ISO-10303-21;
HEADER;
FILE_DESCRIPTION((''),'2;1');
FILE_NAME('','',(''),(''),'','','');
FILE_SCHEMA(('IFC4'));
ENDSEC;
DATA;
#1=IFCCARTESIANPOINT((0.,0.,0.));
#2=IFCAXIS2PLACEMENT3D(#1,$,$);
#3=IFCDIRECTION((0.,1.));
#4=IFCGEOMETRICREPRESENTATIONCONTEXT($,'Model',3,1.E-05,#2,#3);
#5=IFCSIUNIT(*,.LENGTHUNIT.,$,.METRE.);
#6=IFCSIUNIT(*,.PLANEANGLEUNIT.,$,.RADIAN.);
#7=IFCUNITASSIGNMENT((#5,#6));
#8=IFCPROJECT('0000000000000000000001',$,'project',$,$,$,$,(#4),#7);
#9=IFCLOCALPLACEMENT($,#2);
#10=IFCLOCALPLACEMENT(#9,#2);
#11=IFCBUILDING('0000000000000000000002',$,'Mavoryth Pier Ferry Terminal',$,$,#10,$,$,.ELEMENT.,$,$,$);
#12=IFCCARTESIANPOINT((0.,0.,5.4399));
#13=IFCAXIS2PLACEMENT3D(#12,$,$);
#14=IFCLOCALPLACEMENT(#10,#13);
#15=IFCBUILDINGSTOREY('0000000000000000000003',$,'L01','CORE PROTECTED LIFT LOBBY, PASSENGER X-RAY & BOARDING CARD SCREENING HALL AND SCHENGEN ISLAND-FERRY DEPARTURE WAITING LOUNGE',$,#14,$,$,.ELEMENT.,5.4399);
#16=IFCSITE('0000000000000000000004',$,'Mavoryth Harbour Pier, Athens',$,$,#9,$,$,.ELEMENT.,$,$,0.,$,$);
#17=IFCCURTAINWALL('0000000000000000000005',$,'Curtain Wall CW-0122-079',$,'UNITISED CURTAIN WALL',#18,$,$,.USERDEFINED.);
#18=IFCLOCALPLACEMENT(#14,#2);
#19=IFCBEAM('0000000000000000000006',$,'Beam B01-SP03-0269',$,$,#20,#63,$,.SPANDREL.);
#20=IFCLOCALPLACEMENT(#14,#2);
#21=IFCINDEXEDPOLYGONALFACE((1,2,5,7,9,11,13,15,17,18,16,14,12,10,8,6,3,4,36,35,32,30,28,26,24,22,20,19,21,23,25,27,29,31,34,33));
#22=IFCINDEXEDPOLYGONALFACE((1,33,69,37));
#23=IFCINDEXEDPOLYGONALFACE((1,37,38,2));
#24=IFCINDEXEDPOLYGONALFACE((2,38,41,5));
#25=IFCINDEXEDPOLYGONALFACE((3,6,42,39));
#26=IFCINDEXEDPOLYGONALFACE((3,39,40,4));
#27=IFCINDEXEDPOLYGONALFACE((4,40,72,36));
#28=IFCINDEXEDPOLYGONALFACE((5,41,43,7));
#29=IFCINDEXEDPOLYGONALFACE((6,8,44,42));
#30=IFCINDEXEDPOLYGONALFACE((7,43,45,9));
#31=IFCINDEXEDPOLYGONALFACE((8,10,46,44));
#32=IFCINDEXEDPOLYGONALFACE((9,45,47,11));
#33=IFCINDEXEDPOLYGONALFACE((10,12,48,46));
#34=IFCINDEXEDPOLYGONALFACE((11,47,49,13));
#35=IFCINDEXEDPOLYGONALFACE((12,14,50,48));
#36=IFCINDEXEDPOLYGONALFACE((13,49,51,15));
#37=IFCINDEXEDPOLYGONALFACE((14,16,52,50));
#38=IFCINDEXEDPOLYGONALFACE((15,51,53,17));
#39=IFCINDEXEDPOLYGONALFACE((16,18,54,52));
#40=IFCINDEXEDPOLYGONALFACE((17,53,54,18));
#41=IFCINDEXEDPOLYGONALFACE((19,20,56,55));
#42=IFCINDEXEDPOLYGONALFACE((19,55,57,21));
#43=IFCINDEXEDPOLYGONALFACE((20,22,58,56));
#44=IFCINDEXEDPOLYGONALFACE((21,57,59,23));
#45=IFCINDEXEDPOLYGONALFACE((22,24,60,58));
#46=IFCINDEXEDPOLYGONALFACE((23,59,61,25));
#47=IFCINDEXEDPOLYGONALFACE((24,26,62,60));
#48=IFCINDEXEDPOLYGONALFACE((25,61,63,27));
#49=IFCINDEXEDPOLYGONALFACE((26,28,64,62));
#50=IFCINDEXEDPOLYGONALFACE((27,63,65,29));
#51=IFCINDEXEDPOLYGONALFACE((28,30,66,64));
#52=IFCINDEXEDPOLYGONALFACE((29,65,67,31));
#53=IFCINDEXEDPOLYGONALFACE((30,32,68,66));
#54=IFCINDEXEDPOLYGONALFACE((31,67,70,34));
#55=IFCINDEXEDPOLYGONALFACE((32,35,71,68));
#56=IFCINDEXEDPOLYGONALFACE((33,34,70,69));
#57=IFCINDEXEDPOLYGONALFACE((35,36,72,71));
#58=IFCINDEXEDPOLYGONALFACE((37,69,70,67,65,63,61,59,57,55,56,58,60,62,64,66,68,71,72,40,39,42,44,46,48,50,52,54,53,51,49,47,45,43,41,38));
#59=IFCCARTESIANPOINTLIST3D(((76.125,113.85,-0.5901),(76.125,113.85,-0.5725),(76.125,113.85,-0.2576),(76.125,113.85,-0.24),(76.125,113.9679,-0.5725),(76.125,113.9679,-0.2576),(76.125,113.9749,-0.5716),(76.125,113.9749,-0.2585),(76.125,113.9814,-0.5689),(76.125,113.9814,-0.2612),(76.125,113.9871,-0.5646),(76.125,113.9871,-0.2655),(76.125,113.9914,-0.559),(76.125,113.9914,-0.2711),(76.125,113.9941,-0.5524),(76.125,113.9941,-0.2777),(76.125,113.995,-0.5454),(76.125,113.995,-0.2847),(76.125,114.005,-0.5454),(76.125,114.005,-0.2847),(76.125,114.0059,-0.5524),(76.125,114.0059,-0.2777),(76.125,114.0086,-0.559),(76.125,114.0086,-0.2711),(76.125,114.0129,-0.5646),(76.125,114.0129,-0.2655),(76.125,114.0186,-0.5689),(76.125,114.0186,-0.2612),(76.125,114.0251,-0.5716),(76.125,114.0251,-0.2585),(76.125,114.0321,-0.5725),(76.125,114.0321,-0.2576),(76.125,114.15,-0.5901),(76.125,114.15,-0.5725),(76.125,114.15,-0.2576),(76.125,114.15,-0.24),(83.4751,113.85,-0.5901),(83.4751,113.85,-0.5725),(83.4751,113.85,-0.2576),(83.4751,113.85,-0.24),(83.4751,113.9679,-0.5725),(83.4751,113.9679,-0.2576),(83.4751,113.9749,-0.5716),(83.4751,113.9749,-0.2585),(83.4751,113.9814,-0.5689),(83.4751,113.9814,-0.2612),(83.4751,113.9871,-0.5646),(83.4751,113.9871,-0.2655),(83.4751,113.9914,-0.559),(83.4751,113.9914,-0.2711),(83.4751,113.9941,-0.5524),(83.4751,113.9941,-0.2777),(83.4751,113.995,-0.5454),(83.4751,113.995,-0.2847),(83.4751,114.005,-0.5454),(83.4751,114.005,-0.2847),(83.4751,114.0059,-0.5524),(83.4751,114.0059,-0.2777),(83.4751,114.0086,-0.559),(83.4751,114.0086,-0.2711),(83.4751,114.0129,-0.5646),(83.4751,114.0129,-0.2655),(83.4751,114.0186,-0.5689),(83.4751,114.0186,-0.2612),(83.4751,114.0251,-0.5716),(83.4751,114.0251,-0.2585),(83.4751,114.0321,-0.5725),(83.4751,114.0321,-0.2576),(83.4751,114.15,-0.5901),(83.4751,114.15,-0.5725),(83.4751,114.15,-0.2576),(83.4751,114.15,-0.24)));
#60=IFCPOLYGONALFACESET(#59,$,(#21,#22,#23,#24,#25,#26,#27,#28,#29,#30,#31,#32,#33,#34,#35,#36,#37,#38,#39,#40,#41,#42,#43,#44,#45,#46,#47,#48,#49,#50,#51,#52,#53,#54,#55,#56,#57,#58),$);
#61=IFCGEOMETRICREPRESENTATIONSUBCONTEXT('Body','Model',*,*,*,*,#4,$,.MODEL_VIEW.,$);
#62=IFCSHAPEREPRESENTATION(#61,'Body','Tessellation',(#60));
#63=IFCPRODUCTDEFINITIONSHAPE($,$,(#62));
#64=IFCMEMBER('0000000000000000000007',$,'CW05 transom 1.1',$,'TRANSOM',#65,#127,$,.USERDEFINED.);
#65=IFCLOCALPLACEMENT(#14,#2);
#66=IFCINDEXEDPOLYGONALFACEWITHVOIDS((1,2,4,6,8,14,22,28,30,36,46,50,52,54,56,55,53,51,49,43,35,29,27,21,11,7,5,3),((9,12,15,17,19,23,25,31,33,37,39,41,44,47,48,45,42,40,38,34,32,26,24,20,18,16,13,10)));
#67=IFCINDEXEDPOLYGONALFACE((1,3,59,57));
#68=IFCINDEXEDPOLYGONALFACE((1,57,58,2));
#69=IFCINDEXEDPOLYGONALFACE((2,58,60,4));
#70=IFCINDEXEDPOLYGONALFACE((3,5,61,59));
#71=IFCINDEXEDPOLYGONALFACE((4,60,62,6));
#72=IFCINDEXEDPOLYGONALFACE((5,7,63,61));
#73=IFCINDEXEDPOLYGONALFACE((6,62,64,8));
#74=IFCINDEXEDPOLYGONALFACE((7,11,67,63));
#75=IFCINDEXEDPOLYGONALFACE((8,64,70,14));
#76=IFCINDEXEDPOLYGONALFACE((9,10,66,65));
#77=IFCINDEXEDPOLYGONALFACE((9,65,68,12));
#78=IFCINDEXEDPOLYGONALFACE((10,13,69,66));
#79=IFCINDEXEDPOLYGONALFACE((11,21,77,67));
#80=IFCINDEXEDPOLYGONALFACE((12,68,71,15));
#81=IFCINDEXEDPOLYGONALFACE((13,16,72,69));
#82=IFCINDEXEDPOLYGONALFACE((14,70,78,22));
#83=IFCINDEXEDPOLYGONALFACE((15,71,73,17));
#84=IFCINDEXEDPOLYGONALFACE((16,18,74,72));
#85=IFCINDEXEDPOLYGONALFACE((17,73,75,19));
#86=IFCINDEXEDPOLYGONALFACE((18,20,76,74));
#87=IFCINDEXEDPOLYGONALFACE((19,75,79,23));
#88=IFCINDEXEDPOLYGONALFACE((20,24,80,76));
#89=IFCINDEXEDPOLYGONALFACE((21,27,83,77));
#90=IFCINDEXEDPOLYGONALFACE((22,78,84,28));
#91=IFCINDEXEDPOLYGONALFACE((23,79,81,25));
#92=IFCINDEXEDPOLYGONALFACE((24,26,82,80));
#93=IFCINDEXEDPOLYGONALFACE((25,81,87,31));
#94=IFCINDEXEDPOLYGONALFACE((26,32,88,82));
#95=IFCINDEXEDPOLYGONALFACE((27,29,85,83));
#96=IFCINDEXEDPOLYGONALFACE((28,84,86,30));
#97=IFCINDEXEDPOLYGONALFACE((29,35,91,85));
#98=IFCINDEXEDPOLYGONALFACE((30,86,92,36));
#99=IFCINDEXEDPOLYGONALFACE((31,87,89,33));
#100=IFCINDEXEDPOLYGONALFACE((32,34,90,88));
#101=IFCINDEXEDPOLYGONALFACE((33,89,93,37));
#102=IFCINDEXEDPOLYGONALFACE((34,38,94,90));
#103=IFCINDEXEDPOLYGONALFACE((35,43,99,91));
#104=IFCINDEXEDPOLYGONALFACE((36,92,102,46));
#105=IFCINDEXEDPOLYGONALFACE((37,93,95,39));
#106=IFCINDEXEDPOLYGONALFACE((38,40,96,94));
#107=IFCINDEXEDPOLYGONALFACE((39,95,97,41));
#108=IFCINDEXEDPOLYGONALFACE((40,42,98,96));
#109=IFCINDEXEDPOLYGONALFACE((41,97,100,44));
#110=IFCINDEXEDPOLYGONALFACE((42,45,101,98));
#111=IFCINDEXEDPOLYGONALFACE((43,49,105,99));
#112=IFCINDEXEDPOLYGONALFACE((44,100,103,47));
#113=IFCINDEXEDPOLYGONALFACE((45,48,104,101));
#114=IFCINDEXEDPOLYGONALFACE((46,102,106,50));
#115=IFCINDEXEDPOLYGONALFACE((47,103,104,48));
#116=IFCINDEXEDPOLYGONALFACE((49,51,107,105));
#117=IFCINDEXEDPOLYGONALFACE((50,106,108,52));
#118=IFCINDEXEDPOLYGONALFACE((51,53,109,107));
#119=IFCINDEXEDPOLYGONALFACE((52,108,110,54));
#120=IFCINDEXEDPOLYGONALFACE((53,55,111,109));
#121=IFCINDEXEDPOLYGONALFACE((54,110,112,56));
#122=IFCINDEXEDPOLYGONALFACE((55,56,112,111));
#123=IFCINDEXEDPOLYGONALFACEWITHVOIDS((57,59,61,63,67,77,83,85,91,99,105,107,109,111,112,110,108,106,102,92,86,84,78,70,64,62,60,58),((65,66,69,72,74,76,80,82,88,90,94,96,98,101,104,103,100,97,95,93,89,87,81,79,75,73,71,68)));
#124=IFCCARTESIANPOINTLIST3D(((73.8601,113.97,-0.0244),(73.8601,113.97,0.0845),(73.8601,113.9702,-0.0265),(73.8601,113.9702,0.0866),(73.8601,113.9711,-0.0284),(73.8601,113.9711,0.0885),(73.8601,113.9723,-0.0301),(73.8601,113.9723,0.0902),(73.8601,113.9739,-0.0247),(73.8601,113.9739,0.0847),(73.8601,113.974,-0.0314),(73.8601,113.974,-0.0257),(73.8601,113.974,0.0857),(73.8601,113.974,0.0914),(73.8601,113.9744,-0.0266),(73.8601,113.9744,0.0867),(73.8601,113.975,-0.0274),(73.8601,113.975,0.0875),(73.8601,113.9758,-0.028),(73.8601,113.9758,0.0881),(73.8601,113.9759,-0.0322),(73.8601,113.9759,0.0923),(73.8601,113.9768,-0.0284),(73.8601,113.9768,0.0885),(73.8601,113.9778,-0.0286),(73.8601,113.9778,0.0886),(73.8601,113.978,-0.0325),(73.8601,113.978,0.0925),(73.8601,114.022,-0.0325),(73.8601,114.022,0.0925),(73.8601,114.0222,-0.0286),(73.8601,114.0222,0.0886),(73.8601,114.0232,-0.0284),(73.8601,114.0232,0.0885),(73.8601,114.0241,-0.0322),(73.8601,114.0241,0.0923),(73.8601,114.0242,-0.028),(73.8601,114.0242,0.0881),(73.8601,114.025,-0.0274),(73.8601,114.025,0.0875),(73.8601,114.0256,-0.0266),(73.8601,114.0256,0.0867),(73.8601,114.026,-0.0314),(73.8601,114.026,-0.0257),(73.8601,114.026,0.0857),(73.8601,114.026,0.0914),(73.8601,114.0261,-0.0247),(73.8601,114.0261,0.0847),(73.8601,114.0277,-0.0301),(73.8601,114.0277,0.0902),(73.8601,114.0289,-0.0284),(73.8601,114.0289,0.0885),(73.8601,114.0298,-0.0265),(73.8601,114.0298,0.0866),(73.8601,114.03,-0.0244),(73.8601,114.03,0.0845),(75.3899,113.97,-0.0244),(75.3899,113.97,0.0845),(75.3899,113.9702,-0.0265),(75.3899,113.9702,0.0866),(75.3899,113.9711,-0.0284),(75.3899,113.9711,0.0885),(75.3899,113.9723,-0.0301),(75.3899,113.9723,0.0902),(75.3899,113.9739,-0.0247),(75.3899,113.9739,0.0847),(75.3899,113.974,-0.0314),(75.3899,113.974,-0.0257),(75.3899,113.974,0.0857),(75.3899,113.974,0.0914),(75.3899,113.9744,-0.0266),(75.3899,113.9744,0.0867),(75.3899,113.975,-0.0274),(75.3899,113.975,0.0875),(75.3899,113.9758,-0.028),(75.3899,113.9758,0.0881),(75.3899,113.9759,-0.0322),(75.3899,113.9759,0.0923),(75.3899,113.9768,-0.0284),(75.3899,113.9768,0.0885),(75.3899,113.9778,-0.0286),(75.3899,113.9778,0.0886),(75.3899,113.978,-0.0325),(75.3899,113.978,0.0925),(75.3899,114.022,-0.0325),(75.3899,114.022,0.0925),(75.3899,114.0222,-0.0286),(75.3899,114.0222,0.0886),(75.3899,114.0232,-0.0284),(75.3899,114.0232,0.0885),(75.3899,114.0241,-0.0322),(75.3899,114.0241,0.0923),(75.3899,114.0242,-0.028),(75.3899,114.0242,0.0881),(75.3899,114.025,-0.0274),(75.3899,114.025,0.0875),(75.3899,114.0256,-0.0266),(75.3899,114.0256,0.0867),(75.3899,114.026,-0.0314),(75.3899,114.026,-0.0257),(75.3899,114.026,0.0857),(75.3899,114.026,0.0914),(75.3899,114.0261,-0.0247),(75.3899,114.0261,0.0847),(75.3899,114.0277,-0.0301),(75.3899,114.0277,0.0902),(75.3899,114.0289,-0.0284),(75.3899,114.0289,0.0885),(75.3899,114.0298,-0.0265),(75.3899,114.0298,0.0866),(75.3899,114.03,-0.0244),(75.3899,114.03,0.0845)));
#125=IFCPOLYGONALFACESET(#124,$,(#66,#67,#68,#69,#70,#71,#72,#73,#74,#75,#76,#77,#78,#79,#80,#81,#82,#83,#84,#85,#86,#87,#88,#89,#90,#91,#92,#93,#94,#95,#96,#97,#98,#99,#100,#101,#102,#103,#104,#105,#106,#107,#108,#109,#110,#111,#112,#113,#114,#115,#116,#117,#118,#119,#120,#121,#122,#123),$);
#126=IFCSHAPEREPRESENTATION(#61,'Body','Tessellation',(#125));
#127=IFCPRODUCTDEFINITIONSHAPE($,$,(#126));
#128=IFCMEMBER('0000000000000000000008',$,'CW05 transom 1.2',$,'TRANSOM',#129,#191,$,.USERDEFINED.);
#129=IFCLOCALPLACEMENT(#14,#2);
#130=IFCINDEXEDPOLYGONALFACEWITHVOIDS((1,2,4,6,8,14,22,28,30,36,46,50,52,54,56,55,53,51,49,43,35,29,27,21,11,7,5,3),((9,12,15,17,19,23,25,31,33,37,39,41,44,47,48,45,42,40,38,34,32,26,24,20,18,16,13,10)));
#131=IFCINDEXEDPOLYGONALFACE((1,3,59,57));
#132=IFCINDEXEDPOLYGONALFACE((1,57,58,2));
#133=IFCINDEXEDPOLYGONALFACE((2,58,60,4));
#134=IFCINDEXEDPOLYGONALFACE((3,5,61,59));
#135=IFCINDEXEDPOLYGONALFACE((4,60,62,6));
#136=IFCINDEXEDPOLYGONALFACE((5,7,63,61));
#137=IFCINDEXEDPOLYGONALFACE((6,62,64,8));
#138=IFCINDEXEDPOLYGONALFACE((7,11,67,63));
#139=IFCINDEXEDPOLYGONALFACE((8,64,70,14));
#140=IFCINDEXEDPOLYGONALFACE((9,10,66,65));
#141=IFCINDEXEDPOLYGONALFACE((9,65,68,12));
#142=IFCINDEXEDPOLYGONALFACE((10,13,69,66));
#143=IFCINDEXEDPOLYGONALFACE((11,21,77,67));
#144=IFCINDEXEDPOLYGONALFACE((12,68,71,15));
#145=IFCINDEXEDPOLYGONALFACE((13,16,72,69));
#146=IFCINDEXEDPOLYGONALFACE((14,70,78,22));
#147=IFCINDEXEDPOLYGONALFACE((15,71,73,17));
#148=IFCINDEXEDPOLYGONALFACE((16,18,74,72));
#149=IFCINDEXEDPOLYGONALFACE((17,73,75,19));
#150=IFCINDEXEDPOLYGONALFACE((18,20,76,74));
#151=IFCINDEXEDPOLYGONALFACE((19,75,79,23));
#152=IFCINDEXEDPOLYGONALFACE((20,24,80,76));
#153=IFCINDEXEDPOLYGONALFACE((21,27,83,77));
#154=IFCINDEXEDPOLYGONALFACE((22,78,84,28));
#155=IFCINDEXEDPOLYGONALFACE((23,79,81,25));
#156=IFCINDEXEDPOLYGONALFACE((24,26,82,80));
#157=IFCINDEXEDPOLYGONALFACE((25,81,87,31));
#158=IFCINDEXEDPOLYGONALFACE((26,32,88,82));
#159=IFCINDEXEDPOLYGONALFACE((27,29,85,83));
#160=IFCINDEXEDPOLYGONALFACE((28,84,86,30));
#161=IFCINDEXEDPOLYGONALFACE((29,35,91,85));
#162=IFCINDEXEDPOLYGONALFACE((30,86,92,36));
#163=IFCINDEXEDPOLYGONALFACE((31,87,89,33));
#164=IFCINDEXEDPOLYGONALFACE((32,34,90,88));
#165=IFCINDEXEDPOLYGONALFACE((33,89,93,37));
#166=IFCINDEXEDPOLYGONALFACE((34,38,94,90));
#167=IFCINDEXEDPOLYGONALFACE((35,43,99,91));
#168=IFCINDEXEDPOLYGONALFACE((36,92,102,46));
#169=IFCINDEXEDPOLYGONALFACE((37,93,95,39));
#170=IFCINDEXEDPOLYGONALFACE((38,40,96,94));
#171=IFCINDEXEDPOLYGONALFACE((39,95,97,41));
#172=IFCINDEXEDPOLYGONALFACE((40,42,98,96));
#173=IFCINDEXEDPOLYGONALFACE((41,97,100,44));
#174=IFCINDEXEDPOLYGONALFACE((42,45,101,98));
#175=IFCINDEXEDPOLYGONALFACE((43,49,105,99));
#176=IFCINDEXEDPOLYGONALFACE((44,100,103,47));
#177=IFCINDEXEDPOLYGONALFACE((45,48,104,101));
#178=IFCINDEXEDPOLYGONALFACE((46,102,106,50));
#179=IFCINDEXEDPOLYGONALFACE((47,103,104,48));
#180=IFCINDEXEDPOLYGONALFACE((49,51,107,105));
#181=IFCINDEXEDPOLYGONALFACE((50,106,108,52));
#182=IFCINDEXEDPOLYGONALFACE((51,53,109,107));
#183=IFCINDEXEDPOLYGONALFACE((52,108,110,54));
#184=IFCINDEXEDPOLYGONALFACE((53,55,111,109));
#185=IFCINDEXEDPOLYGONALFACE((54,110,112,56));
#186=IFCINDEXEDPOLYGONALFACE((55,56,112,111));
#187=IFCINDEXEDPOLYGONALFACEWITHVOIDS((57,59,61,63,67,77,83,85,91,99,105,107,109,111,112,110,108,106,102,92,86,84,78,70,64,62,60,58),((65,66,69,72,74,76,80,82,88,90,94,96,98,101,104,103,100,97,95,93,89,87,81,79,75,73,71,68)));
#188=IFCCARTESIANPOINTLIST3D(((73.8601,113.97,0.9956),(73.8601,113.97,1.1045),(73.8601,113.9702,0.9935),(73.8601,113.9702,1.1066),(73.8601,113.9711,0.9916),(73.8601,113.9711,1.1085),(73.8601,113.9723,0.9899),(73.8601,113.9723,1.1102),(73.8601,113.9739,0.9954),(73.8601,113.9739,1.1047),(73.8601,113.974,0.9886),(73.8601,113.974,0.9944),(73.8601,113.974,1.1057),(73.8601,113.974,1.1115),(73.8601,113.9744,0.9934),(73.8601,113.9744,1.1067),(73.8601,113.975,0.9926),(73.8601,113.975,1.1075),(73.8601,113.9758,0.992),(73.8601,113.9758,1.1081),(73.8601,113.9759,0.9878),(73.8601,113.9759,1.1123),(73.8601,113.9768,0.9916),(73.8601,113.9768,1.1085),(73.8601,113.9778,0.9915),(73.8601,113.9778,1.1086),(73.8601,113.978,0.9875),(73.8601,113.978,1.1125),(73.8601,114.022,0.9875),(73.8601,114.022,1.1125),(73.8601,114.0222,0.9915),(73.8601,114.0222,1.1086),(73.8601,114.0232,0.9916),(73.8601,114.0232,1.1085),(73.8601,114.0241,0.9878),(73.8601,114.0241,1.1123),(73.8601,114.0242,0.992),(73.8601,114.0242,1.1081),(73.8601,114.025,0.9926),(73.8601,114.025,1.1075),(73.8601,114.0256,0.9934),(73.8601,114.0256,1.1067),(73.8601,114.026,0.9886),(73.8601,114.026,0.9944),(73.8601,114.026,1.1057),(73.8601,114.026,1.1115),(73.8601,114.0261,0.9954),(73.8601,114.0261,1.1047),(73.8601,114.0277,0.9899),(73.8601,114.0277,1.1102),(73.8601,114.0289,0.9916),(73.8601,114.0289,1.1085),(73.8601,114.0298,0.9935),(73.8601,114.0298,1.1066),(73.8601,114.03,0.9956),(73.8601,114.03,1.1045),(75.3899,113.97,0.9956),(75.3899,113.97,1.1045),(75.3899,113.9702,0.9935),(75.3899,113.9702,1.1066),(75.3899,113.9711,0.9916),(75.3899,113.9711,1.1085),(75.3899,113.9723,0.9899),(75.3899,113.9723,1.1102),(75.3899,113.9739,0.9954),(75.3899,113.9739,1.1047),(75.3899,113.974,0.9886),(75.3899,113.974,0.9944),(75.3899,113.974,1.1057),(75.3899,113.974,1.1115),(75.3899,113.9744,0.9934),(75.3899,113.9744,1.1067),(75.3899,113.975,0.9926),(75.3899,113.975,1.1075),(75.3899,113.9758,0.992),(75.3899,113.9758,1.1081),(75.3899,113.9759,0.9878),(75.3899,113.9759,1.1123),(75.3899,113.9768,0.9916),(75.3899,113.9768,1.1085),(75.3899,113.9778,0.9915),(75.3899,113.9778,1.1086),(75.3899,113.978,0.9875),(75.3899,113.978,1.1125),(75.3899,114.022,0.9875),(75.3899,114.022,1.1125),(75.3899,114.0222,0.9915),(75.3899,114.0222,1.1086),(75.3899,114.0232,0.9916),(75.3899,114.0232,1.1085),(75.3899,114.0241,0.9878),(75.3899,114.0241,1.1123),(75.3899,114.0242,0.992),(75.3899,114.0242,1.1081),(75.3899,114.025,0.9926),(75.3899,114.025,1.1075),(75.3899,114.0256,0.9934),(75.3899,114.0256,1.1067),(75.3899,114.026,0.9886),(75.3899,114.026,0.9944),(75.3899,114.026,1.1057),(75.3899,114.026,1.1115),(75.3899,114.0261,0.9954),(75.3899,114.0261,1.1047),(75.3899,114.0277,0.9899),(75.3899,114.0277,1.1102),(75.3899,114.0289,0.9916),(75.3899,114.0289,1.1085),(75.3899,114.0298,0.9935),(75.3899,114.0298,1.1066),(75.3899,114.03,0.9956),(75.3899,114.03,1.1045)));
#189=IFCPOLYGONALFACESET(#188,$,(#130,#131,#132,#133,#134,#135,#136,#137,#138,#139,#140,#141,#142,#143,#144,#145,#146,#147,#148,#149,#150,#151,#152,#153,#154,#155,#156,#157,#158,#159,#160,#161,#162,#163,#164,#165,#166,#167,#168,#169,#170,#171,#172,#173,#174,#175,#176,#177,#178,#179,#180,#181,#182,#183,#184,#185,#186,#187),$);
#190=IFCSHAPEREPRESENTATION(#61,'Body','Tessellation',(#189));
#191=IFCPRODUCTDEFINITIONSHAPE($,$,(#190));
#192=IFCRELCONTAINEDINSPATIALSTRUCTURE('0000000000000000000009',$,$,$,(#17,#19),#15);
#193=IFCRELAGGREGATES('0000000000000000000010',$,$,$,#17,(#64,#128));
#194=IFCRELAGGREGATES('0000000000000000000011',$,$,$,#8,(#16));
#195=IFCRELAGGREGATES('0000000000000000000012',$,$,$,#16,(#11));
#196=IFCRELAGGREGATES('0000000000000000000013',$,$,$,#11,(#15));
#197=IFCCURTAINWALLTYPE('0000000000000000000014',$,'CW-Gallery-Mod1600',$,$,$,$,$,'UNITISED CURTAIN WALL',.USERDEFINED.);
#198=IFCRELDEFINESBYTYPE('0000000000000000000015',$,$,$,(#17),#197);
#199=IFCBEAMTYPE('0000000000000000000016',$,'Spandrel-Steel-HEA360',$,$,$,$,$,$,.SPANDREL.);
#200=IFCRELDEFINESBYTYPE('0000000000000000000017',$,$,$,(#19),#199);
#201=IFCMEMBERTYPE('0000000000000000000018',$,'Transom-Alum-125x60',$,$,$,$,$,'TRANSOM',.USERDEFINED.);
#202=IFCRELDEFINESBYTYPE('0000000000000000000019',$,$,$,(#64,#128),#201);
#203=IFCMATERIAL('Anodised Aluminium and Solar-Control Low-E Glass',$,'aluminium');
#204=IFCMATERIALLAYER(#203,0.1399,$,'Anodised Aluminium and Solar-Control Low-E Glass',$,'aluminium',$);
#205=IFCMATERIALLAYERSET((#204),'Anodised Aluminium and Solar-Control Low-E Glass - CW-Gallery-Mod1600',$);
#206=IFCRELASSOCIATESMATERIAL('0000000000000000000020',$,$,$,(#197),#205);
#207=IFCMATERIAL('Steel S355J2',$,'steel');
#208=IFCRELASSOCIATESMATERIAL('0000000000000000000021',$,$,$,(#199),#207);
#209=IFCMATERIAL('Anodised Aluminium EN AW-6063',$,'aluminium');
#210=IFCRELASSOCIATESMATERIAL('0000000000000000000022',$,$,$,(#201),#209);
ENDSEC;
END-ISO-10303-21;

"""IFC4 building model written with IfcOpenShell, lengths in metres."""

from ifc_helpers import new_model, si_unit, direction, frame, origin, origin_2d, place, context, subcontext, project, spatial, hollow_rectangle, i_section, extrude, material, layer, layer_set, material_profile, profile_set, type_object, element, aggregate, save


model = new_model("IFC4")

# Units and contexts
model_context = context("Model", 3, precision=1e-05, world=origin(), true_north=direction((0.0, 1.0)))
body_context = subcontext(model_context, "Body", "Model", "MODEL_VIEW")
ifc_project = project(units=[si_unit("LENGTHUNIT", "METRE"), si_unit("PLANEANGLEUNIT", "RADIAN")], contexts=[model_context])

# Site, building, storey
site_placement = place(None, origin())
site = spatial("IfcSite", under=ifc_project, at=site_placement, Name="Mavoryth Harbour Pier, Athens", CompositionType="ELEMENT", RefElevation=0.0)
building_placement = place(site_placement, origin())
building = spatial("IfcBuilding", under=site, at=building_placement, Name="Mavoryth Pier Ferry Terminal", CompositionType="ELEMENT")
storey_placement = place(building_placement, frame((0.0, 0.0, 5.4399)))
storey = spatial("IfcBuildingStorey", under=building, at=storey_placement, Name="L01", Description="CORE PROTECTED LIFT LOBBY, PASSENGER X-RAY & BOARDING CARD SCREENING HALL AND SCHENGEN ISLAND-FERRY DEPARTURE WAITING LOUNGE", CompositionType="ELEMENT", Elevation=5.4399)

# Shared definitions
ifc_material_1 = material(Name="Steel S355J2", Category="steel")

# Curtain wall
ifc_material_2 = material(Name="Anodised Aluminium and Solar-Control Low-E Glass", Category="aluminium")
ifc_layer_1 = layer(ifc_material_2, 0.1399, Name="Anodised Aluminium and Solar-Control Low-E Glass", Category="aluminium")
ifc_layer_set_1 = layer_set([ifc_layer_1], Name="Anodised Aluminium and Solar-Control Low-E Glass - CW-Gallery-Mod1600")
curtain_wall_type = type_object("IfcCurtainWallType", Name="CW-Gallery-Mod1600", ElementType="UNITISED CURTAIN WALL", PredefinedType="USERDEFINED", material=ifc_layer_set_1)
curtain_wall_1_placement = place(storey_placement, origin())
curtain_wall_1 = element("IfcCurtainWall", 1, at=curtain_wall_1_placement, inside=storey, type_object=curtain_wall_type, Name="Curtain Wall CW-0122-079", ObjectType="UNITISED CURTAIN WALL", PredefinedType="USERDEFINED")
ifc_material_3 = material(Name="Anodised Aluminium EN AW-6063", Category="aluminium")

# Beam
ifc_material_profile_1 = material_profile(ifc_material_1, i_section(OverallWidth=0.3, OverallDepth=0.3501, WebThickness=0.01, FlangeThickness=0.0176, FilletRadius=0.0271, at=origin_2d()), Name="HEA 360", Category="steel")
ifc_profile_set_1 = profile_set([ifc_material_profile_1], Name="Steel S355J2 - HEA 360")
beam_type = type_object("IfcBeamType", Name="Spandrel-Steel-HEA360", PredefinedType="SPANDREL", material=ifc_profile_set_1)
beam_placement = place(storey_placement, frame((76.125, 114.0, -0.415), z_axis=(1.0, 0.0, 0.0), x_axis=(0.0, 1.0, 0.0)))
element("IfcBeam", 2, at=beam_placement, inside=storey, type_object=beam_type, Name="Beam B01-SP03-0269", PredefinedType="SPANDREL", context=body_context, shape_type="SweptSolid", body=[
    extrude(i_section(OverallWidth=0.3, OverallDepth=0.3501, WebThickness=0.01, FlangeThickness=0.0176, FilletRadius=0.0271, at=origin_2d()), origin(), (0.0, 0.0, 1.0), 7.3501),
])

# Members
ifc_material_profile_2 = material_profile(ifc_material_3, hollow_rectangle(XDim=0.0601, YDim=0.125, WallThickness=0.0039, InnerFilletRadius=0.0039, OuterFilletRadius=0.0081, at=origin_2d()), Name="AL-TRAN 125x60x4", Category="aluminium")
ifc_profile_set_2 = profile_set([ifc_material_profile_2], Name="Anodised Aluminium EN AW-6063 - AL-TRAN 125x60x4")
member_type_1 = type_object("IfcMemberType", Name="Transom-Alum-125x60", ElementType="TRANSOM", PredefinedType="USERDEFINED", material=ifc_profile_set_2)
member_1_placement = place(storey_placement, frame((75.3899, 114.0, 0.03), z_axis=(-1.0, 0.0, 0.0), x_axis=(0.0, -1.0, 0.0)))
member_1 = element("IfcMember", 3, at=member_1_placement, type_object=member_type_1, Name="CW05 transom 1.1", ObjectType="TRANSOM", PredefinedType="USERDEFINED", context=body_context, shape_type="SweptSolid", body=[
    extrude(hollow_rectangle(XDim=0.0601, YDim=0.125, WallThickness=0.0039, InnerFilletRadius=0.0039, OuterFilletRadius=0.0081, at=origin_2d()), origin(), (0.0, 0.0, 1.0), 1.5298),
])
member_2_placement = place(storey_placement, frame((75.3899, 114.0, 1.05), z_axis=(-1.0, 0.0, 0.0), x_axis=(0.0, -1.0, 0.0)))
member_2 = element("IfcMember", 4, at=member_2_placement, type_object=member_type_1, Name="CW05 transom 1.2", ObjectType="TRANSOM", PredefinedType="USERDEFINED", context=body_context, shape_type="SweptSolid", body=[
    extrude(hollow_rectangle(XDim=0.0601, YDim=0.125, WallThickness=0.0039, InnerFilletRadius=0.0039, OuterFilletRadius=0.0081, at=origin_2d()), origin(), (0.0, 0.0, 1.0), 1.5298),
])

aggregate(curtain_wall_1, [member_1, member_2])

save(model, "model.ifc")
